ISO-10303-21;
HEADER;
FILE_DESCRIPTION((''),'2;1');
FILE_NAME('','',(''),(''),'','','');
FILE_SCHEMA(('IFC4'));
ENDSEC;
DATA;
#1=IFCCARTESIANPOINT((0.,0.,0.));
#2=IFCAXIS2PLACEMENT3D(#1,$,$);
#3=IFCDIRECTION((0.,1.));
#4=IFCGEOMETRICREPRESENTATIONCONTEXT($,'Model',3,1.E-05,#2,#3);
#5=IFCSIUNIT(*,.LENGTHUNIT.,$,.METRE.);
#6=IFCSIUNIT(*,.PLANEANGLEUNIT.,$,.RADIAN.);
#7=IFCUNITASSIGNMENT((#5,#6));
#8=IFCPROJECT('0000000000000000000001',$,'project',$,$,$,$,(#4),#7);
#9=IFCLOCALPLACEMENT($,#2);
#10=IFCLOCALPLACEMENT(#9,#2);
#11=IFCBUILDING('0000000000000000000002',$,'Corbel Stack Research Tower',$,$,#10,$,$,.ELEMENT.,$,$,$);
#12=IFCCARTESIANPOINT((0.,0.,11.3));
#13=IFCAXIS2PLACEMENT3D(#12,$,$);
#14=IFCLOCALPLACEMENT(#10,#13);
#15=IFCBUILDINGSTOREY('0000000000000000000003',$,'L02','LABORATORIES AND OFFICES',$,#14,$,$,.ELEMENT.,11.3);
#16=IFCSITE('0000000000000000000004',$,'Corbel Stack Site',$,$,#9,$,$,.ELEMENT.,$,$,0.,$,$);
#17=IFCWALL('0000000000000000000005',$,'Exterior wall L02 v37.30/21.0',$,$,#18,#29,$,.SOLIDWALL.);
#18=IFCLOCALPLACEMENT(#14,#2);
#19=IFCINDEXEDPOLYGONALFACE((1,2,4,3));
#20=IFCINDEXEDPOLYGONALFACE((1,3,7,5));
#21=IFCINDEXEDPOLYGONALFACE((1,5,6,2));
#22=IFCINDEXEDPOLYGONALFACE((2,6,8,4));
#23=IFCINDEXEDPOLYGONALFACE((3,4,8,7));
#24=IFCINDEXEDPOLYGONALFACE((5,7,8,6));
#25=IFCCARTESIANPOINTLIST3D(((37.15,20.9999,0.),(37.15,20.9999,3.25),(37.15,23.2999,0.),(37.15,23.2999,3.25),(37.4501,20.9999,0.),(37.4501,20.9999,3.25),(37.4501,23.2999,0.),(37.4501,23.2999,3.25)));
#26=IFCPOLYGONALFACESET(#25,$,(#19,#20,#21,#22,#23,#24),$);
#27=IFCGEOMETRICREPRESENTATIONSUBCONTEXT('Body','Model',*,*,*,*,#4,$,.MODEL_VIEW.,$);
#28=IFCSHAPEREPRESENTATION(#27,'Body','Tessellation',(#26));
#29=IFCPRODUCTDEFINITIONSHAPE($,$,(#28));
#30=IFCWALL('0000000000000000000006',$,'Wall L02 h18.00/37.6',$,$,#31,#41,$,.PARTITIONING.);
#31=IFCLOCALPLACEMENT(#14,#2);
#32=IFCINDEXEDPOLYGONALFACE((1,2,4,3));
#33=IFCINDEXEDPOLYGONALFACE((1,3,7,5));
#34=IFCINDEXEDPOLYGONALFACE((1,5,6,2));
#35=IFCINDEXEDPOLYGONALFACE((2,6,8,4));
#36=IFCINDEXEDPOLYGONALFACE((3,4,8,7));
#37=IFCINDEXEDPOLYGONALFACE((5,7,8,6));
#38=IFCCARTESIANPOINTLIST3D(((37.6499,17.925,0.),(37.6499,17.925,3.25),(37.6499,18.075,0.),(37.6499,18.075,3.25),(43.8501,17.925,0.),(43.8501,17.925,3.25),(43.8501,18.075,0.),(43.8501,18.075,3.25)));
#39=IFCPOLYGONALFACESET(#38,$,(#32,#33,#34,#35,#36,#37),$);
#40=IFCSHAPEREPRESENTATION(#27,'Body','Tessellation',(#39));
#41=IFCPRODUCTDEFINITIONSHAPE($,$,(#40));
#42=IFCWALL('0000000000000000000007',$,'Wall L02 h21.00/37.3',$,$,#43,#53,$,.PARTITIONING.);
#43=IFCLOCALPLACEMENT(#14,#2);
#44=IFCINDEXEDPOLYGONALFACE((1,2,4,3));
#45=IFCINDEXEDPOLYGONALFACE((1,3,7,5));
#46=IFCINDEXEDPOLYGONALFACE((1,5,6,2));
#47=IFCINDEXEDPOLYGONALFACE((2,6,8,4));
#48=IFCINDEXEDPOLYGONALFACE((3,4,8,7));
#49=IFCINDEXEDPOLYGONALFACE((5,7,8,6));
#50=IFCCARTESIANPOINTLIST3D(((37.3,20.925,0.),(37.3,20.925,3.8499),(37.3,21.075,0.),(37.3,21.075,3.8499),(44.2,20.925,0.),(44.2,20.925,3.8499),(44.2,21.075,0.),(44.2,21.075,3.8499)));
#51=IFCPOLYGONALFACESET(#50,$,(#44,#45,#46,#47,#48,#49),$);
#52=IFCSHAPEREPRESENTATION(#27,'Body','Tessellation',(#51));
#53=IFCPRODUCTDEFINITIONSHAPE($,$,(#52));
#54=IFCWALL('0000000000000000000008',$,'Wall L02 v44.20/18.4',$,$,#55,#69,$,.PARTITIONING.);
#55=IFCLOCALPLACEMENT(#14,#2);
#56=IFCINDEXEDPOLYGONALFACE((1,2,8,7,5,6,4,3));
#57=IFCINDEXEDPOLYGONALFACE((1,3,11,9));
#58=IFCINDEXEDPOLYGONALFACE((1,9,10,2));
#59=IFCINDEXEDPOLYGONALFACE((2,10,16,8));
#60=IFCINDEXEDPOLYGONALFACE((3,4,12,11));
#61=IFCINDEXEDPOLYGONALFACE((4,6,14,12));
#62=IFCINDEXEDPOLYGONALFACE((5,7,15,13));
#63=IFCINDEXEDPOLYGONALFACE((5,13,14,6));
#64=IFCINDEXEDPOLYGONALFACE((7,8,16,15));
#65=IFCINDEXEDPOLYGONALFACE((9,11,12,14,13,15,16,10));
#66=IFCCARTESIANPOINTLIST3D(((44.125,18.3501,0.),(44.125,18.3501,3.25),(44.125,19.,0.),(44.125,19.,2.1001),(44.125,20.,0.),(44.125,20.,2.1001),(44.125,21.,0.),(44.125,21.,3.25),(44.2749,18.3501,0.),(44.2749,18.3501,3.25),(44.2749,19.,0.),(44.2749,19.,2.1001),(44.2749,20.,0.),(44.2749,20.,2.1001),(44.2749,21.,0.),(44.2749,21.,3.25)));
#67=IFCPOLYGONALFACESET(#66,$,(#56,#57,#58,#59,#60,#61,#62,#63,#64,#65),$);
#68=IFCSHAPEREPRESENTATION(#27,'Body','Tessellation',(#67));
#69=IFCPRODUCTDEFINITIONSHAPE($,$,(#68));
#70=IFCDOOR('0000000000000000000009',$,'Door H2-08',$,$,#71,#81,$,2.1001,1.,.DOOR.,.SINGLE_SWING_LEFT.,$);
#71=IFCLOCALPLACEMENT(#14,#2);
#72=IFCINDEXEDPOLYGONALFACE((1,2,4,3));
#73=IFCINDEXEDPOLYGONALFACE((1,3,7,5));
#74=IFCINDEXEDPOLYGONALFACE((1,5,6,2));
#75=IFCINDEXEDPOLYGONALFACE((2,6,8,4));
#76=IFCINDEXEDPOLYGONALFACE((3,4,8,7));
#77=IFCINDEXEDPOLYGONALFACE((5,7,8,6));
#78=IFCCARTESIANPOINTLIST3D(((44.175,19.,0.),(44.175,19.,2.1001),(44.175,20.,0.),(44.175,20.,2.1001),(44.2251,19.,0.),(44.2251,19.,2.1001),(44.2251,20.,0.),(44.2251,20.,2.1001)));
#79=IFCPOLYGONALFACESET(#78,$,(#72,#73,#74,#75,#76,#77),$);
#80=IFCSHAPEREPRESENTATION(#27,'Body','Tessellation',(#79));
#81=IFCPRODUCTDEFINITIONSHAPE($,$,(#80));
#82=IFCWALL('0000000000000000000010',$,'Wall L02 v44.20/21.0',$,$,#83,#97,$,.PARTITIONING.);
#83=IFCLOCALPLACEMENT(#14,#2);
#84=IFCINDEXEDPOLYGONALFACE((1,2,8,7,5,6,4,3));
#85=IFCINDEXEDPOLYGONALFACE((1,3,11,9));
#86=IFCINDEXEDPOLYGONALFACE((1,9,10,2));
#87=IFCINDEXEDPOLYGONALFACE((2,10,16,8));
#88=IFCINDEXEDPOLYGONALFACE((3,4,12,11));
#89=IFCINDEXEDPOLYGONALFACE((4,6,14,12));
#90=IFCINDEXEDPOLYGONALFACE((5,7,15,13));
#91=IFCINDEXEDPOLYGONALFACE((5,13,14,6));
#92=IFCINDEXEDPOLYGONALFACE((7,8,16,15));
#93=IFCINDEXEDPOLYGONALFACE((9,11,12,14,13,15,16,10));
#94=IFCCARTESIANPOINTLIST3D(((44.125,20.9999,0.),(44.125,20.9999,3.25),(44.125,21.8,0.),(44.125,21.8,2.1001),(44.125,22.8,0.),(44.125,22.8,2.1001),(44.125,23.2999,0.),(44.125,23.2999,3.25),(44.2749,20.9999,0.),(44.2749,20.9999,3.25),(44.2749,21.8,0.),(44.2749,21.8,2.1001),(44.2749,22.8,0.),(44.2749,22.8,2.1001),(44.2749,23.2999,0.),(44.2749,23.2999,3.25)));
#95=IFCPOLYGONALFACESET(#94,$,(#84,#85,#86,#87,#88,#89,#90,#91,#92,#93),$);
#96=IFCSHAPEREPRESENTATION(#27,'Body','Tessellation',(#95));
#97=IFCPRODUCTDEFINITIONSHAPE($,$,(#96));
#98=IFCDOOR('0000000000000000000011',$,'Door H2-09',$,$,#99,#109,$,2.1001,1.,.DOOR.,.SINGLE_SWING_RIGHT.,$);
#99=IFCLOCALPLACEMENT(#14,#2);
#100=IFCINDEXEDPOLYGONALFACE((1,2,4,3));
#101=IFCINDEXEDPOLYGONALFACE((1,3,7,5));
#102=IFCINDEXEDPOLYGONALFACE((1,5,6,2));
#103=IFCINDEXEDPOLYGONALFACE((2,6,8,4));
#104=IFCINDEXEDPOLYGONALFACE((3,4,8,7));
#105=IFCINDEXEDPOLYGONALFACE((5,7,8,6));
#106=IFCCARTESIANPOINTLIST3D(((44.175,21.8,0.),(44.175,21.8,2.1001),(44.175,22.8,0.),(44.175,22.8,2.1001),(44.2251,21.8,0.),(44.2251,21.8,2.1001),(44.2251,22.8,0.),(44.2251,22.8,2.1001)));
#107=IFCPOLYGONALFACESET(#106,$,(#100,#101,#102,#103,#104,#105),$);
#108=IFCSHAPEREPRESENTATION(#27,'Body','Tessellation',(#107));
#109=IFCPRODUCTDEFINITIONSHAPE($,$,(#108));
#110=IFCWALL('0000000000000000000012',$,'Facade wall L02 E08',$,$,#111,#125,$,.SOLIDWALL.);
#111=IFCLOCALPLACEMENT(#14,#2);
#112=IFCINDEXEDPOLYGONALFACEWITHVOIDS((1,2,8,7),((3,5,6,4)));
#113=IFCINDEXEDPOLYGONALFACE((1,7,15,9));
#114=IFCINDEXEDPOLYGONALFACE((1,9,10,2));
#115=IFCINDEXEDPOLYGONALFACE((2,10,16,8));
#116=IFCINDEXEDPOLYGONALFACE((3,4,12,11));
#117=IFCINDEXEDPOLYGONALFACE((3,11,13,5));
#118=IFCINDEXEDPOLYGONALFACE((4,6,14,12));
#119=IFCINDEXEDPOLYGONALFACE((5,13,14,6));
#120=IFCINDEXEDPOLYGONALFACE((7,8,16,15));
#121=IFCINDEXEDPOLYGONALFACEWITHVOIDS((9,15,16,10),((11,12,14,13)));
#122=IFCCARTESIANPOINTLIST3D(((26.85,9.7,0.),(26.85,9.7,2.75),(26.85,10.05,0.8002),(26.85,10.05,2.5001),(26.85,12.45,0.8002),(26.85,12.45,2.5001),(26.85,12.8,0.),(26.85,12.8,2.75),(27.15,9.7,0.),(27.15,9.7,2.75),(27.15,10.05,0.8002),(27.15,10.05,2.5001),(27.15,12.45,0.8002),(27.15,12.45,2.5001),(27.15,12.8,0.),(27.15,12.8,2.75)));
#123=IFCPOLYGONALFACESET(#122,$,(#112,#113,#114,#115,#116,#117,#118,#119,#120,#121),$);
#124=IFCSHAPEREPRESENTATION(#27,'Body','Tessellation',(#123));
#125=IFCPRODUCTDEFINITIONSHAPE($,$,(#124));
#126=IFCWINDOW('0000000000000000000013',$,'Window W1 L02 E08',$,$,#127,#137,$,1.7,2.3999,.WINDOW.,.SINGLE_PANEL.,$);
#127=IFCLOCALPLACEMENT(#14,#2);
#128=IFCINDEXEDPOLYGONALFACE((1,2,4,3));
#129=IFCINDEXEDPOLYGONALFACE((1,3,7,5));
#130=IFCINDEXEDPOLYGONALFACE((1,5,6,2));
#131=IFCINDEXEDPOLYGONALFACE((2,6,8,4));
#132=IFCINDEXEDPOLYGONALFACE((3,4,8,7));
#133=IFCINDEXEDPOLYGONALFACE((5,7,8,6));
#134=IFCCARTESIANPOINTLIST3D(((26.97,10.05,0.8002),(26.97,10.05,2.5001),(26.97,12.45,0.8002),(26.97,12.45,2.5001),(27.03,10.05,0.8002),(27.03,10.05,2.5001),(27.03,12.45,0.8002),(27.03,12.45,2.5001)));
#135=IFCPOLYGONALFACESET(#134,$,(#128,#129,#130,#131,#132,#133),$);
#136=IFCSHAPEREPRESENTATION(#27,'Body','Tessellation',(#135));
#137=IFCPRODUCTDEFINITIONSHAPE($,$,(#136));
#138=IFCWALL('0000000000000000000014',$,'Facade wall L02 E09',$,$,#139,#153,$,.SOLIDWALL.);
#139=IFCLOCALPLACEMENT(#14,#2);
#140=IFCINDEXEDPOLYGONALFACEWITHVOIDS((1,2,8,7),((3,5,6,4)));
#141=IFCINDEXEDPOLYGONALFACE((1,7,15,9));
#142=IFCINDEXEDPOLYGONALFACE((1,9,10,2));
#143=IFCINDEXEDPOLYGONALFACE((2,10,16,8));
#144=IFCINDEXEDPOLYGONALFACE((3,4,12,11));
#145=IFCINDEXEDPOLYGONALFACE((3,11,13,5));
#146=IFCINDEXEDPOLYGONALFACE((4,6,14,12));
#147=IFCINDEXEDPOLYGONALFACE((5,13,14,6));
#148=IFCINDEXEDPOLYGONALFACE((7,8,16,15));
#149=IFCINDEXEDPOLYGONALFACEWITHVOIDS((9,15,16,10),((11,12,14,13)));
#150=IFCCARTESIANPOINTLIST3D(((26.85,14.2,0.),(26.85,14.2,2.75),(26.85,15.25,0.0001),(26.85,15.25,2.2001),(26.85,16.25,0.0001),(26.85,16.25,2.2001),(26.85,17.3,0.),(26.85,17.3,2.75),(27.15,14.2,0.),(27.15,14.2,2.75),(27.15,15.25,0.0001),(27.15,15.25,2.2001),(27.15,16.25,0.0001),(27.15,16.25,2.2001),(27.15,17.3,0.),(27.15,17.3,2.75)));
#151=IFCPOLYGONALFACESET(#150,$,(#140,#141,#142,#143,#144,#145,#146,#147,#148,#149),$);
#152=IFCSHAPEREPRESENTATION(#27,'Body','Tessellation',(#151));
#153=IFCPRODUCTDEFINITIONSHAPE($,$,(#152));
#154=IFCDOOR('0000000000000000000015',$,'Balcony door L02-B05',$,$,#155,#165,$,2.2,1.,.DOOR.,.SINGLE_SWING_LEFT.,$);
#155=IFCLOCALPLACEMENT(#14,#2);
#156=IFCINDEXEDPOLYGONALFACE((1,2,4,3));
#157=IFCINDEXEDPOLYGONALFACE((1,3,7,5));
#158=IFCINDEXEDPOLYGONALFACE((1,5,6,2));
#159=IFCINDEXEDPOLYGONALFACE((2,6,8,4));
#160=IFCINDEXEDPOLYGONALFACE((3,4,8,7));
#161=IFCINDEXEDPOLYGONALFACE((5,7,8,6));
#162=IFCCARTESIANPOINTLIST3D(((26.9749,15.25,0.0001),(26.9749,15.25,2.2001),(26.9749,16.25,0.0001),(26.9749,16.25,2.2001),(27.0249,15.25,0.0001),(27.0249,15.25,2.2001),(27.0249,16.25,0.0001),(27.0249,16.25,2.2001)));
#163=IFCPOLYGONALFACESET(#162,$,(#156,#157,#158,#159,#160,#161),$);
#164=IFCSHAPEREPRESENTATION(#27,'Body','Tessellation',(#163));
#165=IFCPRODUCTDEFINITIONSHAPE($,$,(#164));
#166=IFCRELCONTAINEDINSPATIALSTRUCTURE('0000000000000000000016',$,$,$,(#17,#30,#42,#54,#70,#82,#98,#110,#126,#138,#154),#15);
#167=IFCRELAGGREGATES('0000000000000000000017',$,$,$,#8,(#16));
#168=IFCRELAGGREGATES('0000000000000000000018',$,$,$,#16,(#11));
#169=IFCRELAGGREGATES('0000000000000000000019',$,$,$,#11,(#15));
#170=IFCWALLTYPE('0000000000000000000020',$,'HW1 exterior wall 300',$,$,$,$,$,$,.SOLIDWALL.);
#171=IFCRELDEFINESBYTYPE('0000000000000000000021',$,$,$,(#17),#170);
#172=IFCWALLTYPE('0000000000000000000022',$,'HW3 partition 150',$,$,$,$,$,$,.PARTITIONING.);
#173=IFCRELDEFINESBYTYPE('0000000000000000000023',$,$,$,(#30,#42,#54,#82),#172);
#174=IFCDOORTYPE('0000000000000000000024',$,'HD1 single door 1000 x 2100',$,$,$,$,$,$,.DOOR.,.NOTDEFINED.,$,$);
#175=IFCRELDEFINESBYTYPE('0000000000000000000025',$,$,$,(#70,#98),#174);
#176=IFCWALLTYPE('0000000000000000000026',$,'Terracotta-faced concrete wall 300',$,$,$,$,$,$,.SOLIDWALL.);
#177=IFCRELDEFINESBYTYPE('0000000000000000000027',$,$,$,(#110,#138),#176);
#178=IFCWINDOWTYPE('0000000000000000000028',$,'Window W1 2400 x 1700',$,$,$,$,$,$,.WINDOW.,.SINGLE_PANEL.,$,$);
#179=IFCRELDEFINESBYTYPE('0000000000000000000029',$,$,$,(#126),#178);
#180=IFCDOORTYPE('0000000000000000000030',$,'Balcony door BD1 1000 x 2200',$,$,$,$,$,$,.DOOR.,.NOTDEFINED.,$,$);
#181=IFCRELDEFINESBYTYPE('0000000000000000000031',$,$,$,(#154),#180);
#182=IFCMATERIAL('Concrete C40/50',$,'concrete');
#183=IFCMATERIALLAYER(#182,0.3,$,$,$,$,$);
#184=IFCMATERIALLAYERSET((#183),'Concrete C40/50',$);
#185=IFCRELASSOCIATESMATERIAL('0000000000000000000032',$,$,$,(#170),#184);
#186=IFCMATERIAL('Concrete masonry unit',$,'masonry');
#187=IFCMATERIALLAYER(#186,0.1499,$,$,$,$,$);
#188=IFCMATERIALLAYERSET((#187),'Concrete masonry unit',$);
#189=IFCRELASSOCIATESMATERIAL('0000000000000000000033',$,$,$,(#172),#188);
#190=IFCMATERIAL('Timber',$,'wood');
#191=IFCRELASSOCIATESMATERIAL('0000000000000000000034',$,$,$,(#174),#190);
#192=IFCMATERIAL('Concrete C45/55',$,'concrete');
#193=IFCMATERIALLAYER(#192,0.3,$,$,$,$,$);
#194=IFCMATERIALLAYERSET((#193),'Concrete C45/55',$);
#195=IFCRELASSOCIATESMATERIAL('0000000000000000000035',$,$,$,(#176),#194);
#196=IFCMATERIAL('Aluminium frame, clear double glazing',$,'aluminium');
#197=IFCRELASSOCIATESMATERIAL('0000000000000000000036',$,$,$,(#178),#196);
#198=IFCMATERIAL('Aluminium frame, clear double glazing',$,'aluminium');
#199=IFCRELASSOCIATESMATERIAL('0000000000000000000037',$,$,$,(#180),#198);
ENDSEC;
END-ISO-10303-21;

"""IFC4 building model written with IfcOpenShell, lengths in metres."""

from ifc_helpers import new_model, si_unit, direction, frame, frame_2d, origin, place, context, subcontext, project, spatial, rectangle, extrude, material, layer, layer_set, type_object, element, fill, save


model = new_model("IFC4")

# Units and contexts
model_context = context("Model", 3, precision=1e-05, world=origin(), true_north=direction((0.0, 1.0)))
body_context = subcontext(model_context, "Body", "Model", "MODEL_VIEW")
ifc_project = project(units=[si_unit("LENGTHUNIT", "METRE"), si_unit("PLANEANGLEUNIT", "RADIAN")], contexts=[model_context])

# Site, building, storey
site_placement = place(None, origin())
site = spatial("IfcSite", under=ifc_project, at=site_placement, Name="Corbel Stack Site", CompositionType="ELEMENT", RefElevation=0.0)
building_placement = place(site_placement, origin())
building = spatial("IfcBuilding", under=site, at=building_placement, Name="Corbel Stack Research Tower", CompositionType="ELEMENT")
storey_placement = place(building_placement, frame((0.0, 0.0, 11.3)))
storey = spatial("IfcBuildingStorey", under=building, at=storey_placement, Name="L02", Description="LABORATORIES AND OFFICES", CompositionType="ELEMENT", Elevation=11.3)

# Walls
ifc_material_1 = material(Name="Concrete C40/50", Category="concrete")
ifc_layer_1 = layer(ifc_material_1, 0.3)
ifc_layer_set_1 = layer_set([ifc_layer_1], Name="Concrete C40/50")
wall_type_1 = type_object("IfcWallType", Name="HW1 exterior wall 300", PredefinedType="SOLIDWALL", material=ifc_layer_set_1)
wall_1_placement = place(storey_placement, frame((37.3, 21.0, 0.0), z_axis=(0.0, 0.0, 1.0), x_axis=(0.0, 1.0, 0.0)))
element("IfcWall", 1, at=wall_1_placement, inside=storey, type_object=wall_type_1, Name="Exterior wall L02 v37.30/21.0", PredefinedType="SOLIDWALL", context=body_context, shape_type="SweptSolid", body=[
    extrude(rectangle(XDim=2.3, YDim=0.3, at=frame_2d((1.1499, 0.0))), origin(), (0.0, 0.0, 1.0), 3.25),
])
ifc_material_2 = material(Name="Concrete masonry unit", Category="masonry")
ifc_layer_2 = layer(ifc_material_2, 0.1499)
ifc_layer_set_2 = layer_set([ifc_layer_2], Name="Concrete masonry unit")
wall_type_2 = type_object("IfcWallType", Name="HW3 partition 150", PredefinedType="PARTITIONING", material=ifc_layer_set_2)
wall_2_placement = place(storey_placement, frame((37.6499, 18.0, 0.0), z_axis=(0.0, 0.0, 1.0), x_axis=(1.0, 0.0, 0.0)))
element("IfcWall", 2, at=wall_2_placement, inside=storey, type_object=wall_type_2, Name="Wall L02 h18.00/37.6", PredefinedType="PARTITIONING", context=body_context, shape_type="SweptSolid", body=[
    extrude(rectangle(XDim=6.2002, YDim=0.1499, at=frame_2d((3.1001, 0.0))), origin(), (0.0, 0.0, 1.0), 3.25),
])
wall_3_placement = place(storey_placement, frame((37.3, 21.0, 0.0), z_axis=(0.0, 0.0, 1.0), x_axis=(1.0, 0.0, 0.0)))
element("IfcWall", 3, at=wall_3_placement, inside=storey, type_object=wall_type_2, Name="Wall L02 h21.00/37.3", PredefinedType="PARTITIONING", context=body_context, shape_type="SweptSolid", body=[
    extrude(rectangle(XDim=6.8999, YDim=0.1499, at=frame_2d((3.45, 0.0))), origin(), (0.0, 0.0, 1.0), 3.8499),
])

# Walls, openings, doors
wall_4_placement = place(storey_placement, frame((44.2, 18.3501, 0.0), z_axis=(0.0, 0.0, 1.0), x_axis=(0.0, 1.0, 0.0)))
wall_4 = element("IfcWall", 4, at=wall_4_placement, inside=storey, type_object=wall_type_2, Name="Wall L02 v44.20/18.4", PredefinedType="PARTITIONING", context=body_context, shape_type="SweptSolid", body=[
    extrude(rectangle(XDim=2.6499, YDim=0.1499, at=frame_2d((1.325, 0.0))), origin(), (0.0, 0.0, 1.0), 3.25),
])
opening_1_placement = place(wall_4_placement, frame((0.6499, 0.0, 0.0)))
opening_1 = element("IfcOpeningElement", 5, at=opening_1_placement, cuts=wall_4, PredefinedType="OPENING", context=body_context, shape_type="SweptSolid", body=[
    extrude(rectangle(XDim=1.0, YDim=2.1001, at=frame_2d((0.5, 1.05))), frame((0.0, 0.085, 0.0), z_axis=(0.0, -1.0, 0.0), x_axis=(1.0, 0.0, 0.0)), (0.0, 0.0, 1.0), 0.1699),
])
ifc_material_3 = material(Name="Timber", Category="wood")
door_type_1 = type_object("IfcDoorType", Name="HD1 single door 1000 x 2100", OperationType="NOTDEFINED", PredefinedType="DOOR", material=ifc_material_3)
door_1_placement = place(opening_1_placement, origin())
door_1 = element("IfcDoor", 6, at=door_1_placement, inside=storey, type_object=door_type_1, Name="Door H2-08", OperationType="SINGLE_SWING_LEFT", OverallHeight=2.1001, OverallWidth=1.0, PredefinedType="DOOR", context=body_context, shape_type="SweptSolid", body=[
    extrude(rectangle(XDim=1.0, YDim=2.1001, at=frame_2d((0.5, 1.05))), frame((0.0, 0.0249, 0.0), z_axis=(0.0, -1.0, 0.0), x_axis=(1.0, 0.0, 0.0)), (0.0, 0.0, 1.0), 0.05),
])
fill(opening_1, door_1)
wall_5_placement = place(storey_placement, frame((44.2, 21.0, 0.0), z_axis=(0.0, 0.0, 1.0), x_axis=(0.0, 1.0, 0.0)))
wall_5 = element("IfcWall", 7, at=wall_5_placement, inside=storey, type_object=wall_type_2, Name="Wall L02 v44.20/21.0", PredefinedType="PARTITIONING", context=body_context, shape_type="SweptSolid", body=[
    extrude(rectangle(XDim=2.3, YDim=0.1499, at=frame_2d((1.1499, 0.0))), origin(), (0.0, 0.0, 1.0), 3.25),
])
opening_2_placement = place(wall_5_placement, frame((0.8, 0.0, 0.0)))
opening_2 = element("IfcOpeningElement", 8, at=opening_2_placement, cuts=wall_5, PredefinedType="OPENING", context=body_context, shape_type="SweptSolid", body=[
    extrude(rectangle(XDim=1.0, YDim=2.1001, at=frame_2d((0.5, 1.05))), frame((0.0, 0.085, 0.0), z_axis=(0.0, -1.0, 0.0), x_axis=(1.0, 0.0, 0.0)), (0.0, 0.0, 1.0), 0.1699),
])
door_2_placement = place(opening_2_placement, origin())
door_2 = element("IfcDoor", 9, at=door_2_placement, inside=storey, type_object=door_type_1, Name="Door H2-09", OperationType="SINGLE_SWING_RIGHT", OverallHeight=2.1001, OverallWidth=1.0, PredefinedType="DOOR", context=body_context, shape_type="SweptSolid", body=[
    extrude(rectangle(XDim=1.0, YDim=2.1001, at=frame_2d((0.5, 1.05))), frame((0.0, 0.0249, 0.0), z_axis=(0.0, -1.0, 0.0), x_axis=(1.0, 0.0, 0.0)), (0.0, 0.0, 1.0), 0.05),
])
fill(opening_2, door_2)

# Wall, opening, window
ifc_material_4 = material(Name="Concrete C45/55", Category="concrete")
ifc_layer_3 = layer(ifc_material_4, 0.3)
ifc_layer_set_3 = layer_set([ifc_layer_3], Name="Concrete C45/55")
wall_type_3 = type_object("IfcWallType", Name="Terracotta-faced concrete wall 300", PredefinedType="SOLIDWALL", material=ifc_layer_set_3)
wall_6_placement = place(storey_placement, frame((27.0, 12.8, 0.0), z_axis=(0.0, 0.0, 1.0), x_axis=(0.0, -1.0, 0.0)))
wall_6 = element("IfcWall", 10, at=wall_6_placement, inside=storey, type_object=wall_type_3, Name="Facade wall L02 E08", PredefinedType="SOLIDWALL", context=body_context, shape_type="SweptSolid", body=[
    extrude(rectangle(XDim=3.1001, YDim=0.3, at=frame_2d((1.55, 0.0))), origin(), (0.0, 0.0, 1.0), 2.75),
])
opening_3_placement = place(wall_6_placement, frame((0.3501, 0.0, 0.8)))
opening_3 = element("IfcOpeningElement", 11, at=opening_3_placement, cuts=wall_6, PredefinedType="OPENING", context=body_context, shape_type="SweptSolid", body=[
    extrude(rectangle(XDim=2.3999, YDim=1.7, at=frame_2d((1.2, 0.8501))), frame((0.0, 0.1599, 0.0), z_axis=(0.0, -1.0, 0.0), x_axis=(1.0, 0.0, 0.0)), (0.0, 0.0, 1.0), 0.3201),
])
ifc_material_5 = material(Name="Aluminium frame, clear double glazing", Category="aluminium")
window_type = type_object("IfcWindowType", Name="Window W1 2400 x 1700", PartitioningType="SINGLE_PANEL", PredefinedType="WINDOW", material=ifc_material_5)
window_1_placement = place(opening_3_placement, origin())
window_1 = element("IfcWindow", 12, at=window_1_placement, inside=storey, type_object=window_type, Name="Window W1 L02 E08", OverallHeight=1.7, OverallWidth=2.3999, PartitioningType="SINGLE_PANEL", PredefinedType="WINDOW", context=body_context, shape_type="SweptSolid", body=[
    extrude(rectangle(XDim=2.3999, YDim=1.7, at=frame_2d((1.2, 0.8501))), frame((0.0, 0.03, 0.0), z_axis=(0.0, -1.0, 0.0), x_axis=(1.0, 0.0, 0.0)), (0.0, 0.0, 1.0), 0.0601),
])
fill(opening_3, window_1)

# Wall, opening, door
wall_7_placement = place(storey_placement, frame((27.0, 17.3, 0.0), z_axis=(0.0, 0.0, 1.0), x_axis=(0.0, -1.0, 0.0)))
wall_7 = element("IfcWall", 13, at=wall_7_placement, inside=storey, type_object=wall_type_3, Name="Facade wall L02 E09", PredefinedType="SOLIDWALL", context=body_context, shape_type="SweptSolid", body=[
    extrude(rectangle(XDim=3.1001, YDim=0.3, at=frame_2d((1.55, 0.0))), origin(), (0.0, 0.0, 1.0), 2.75),
])
opening_4_placement = place(wall_7_placement, frame((1.05, 0.0, 0.0)))
opening_4 = element("IfcOpeningElement", 14, at=opening_4_placement, cuts=wall_7, PredefinedType="OPENING", context=body_context, shape_type="SweptSolid", body=[
    extrude(rectangle(XDim=1.0, YDim=2.2, at=frame_2d((0.5, 1.1001))), frame((0.0, 0.1599, 0.0), z_axis=(0.0, -1.0, 0.0), x_axis=(1.0, 0.0, 0.0)), (0.0, 0.0, 1.0), 0.3201),
])
ifc_material_6 = material(Name="Aluminium frame, clear double glazing", Category="aluminium")
door_type_2 = type_object("IfcDoorType", Name="Balcony door BD1 1000 x 2200", OperationType="NOTDEFINED", PredefinedType="DOOR", material=ifc_material_6)
door_3_placement = place(opening_4_placement, origin())
door_3 = element("IfcDoor", 15, at=door_3_placement, inside=storey, type_object=door_type_2, Name="Balcony door L02-B05", OperationType="SINGLE_SWING_LEFT", OverallHeight=2.2, OverallWidth=1.0, PredefinedType="DOOR", context=body_context, shape_type="SweptSolid", body=[
    extrude(rectangle(XDim=1.0, YDim=2.2, at=frame_2d((0.5, 1.1001))), frame((0.0, 0.0249, 0.0), z_axis=(0.0, -1.0, 0.0), x_axis=(1.0, 0.0, 0.0)), (0.0, 0.0, 1.0), 0.05),
])
fill(opening_4, door_3)

save(model, "model.ifc")
